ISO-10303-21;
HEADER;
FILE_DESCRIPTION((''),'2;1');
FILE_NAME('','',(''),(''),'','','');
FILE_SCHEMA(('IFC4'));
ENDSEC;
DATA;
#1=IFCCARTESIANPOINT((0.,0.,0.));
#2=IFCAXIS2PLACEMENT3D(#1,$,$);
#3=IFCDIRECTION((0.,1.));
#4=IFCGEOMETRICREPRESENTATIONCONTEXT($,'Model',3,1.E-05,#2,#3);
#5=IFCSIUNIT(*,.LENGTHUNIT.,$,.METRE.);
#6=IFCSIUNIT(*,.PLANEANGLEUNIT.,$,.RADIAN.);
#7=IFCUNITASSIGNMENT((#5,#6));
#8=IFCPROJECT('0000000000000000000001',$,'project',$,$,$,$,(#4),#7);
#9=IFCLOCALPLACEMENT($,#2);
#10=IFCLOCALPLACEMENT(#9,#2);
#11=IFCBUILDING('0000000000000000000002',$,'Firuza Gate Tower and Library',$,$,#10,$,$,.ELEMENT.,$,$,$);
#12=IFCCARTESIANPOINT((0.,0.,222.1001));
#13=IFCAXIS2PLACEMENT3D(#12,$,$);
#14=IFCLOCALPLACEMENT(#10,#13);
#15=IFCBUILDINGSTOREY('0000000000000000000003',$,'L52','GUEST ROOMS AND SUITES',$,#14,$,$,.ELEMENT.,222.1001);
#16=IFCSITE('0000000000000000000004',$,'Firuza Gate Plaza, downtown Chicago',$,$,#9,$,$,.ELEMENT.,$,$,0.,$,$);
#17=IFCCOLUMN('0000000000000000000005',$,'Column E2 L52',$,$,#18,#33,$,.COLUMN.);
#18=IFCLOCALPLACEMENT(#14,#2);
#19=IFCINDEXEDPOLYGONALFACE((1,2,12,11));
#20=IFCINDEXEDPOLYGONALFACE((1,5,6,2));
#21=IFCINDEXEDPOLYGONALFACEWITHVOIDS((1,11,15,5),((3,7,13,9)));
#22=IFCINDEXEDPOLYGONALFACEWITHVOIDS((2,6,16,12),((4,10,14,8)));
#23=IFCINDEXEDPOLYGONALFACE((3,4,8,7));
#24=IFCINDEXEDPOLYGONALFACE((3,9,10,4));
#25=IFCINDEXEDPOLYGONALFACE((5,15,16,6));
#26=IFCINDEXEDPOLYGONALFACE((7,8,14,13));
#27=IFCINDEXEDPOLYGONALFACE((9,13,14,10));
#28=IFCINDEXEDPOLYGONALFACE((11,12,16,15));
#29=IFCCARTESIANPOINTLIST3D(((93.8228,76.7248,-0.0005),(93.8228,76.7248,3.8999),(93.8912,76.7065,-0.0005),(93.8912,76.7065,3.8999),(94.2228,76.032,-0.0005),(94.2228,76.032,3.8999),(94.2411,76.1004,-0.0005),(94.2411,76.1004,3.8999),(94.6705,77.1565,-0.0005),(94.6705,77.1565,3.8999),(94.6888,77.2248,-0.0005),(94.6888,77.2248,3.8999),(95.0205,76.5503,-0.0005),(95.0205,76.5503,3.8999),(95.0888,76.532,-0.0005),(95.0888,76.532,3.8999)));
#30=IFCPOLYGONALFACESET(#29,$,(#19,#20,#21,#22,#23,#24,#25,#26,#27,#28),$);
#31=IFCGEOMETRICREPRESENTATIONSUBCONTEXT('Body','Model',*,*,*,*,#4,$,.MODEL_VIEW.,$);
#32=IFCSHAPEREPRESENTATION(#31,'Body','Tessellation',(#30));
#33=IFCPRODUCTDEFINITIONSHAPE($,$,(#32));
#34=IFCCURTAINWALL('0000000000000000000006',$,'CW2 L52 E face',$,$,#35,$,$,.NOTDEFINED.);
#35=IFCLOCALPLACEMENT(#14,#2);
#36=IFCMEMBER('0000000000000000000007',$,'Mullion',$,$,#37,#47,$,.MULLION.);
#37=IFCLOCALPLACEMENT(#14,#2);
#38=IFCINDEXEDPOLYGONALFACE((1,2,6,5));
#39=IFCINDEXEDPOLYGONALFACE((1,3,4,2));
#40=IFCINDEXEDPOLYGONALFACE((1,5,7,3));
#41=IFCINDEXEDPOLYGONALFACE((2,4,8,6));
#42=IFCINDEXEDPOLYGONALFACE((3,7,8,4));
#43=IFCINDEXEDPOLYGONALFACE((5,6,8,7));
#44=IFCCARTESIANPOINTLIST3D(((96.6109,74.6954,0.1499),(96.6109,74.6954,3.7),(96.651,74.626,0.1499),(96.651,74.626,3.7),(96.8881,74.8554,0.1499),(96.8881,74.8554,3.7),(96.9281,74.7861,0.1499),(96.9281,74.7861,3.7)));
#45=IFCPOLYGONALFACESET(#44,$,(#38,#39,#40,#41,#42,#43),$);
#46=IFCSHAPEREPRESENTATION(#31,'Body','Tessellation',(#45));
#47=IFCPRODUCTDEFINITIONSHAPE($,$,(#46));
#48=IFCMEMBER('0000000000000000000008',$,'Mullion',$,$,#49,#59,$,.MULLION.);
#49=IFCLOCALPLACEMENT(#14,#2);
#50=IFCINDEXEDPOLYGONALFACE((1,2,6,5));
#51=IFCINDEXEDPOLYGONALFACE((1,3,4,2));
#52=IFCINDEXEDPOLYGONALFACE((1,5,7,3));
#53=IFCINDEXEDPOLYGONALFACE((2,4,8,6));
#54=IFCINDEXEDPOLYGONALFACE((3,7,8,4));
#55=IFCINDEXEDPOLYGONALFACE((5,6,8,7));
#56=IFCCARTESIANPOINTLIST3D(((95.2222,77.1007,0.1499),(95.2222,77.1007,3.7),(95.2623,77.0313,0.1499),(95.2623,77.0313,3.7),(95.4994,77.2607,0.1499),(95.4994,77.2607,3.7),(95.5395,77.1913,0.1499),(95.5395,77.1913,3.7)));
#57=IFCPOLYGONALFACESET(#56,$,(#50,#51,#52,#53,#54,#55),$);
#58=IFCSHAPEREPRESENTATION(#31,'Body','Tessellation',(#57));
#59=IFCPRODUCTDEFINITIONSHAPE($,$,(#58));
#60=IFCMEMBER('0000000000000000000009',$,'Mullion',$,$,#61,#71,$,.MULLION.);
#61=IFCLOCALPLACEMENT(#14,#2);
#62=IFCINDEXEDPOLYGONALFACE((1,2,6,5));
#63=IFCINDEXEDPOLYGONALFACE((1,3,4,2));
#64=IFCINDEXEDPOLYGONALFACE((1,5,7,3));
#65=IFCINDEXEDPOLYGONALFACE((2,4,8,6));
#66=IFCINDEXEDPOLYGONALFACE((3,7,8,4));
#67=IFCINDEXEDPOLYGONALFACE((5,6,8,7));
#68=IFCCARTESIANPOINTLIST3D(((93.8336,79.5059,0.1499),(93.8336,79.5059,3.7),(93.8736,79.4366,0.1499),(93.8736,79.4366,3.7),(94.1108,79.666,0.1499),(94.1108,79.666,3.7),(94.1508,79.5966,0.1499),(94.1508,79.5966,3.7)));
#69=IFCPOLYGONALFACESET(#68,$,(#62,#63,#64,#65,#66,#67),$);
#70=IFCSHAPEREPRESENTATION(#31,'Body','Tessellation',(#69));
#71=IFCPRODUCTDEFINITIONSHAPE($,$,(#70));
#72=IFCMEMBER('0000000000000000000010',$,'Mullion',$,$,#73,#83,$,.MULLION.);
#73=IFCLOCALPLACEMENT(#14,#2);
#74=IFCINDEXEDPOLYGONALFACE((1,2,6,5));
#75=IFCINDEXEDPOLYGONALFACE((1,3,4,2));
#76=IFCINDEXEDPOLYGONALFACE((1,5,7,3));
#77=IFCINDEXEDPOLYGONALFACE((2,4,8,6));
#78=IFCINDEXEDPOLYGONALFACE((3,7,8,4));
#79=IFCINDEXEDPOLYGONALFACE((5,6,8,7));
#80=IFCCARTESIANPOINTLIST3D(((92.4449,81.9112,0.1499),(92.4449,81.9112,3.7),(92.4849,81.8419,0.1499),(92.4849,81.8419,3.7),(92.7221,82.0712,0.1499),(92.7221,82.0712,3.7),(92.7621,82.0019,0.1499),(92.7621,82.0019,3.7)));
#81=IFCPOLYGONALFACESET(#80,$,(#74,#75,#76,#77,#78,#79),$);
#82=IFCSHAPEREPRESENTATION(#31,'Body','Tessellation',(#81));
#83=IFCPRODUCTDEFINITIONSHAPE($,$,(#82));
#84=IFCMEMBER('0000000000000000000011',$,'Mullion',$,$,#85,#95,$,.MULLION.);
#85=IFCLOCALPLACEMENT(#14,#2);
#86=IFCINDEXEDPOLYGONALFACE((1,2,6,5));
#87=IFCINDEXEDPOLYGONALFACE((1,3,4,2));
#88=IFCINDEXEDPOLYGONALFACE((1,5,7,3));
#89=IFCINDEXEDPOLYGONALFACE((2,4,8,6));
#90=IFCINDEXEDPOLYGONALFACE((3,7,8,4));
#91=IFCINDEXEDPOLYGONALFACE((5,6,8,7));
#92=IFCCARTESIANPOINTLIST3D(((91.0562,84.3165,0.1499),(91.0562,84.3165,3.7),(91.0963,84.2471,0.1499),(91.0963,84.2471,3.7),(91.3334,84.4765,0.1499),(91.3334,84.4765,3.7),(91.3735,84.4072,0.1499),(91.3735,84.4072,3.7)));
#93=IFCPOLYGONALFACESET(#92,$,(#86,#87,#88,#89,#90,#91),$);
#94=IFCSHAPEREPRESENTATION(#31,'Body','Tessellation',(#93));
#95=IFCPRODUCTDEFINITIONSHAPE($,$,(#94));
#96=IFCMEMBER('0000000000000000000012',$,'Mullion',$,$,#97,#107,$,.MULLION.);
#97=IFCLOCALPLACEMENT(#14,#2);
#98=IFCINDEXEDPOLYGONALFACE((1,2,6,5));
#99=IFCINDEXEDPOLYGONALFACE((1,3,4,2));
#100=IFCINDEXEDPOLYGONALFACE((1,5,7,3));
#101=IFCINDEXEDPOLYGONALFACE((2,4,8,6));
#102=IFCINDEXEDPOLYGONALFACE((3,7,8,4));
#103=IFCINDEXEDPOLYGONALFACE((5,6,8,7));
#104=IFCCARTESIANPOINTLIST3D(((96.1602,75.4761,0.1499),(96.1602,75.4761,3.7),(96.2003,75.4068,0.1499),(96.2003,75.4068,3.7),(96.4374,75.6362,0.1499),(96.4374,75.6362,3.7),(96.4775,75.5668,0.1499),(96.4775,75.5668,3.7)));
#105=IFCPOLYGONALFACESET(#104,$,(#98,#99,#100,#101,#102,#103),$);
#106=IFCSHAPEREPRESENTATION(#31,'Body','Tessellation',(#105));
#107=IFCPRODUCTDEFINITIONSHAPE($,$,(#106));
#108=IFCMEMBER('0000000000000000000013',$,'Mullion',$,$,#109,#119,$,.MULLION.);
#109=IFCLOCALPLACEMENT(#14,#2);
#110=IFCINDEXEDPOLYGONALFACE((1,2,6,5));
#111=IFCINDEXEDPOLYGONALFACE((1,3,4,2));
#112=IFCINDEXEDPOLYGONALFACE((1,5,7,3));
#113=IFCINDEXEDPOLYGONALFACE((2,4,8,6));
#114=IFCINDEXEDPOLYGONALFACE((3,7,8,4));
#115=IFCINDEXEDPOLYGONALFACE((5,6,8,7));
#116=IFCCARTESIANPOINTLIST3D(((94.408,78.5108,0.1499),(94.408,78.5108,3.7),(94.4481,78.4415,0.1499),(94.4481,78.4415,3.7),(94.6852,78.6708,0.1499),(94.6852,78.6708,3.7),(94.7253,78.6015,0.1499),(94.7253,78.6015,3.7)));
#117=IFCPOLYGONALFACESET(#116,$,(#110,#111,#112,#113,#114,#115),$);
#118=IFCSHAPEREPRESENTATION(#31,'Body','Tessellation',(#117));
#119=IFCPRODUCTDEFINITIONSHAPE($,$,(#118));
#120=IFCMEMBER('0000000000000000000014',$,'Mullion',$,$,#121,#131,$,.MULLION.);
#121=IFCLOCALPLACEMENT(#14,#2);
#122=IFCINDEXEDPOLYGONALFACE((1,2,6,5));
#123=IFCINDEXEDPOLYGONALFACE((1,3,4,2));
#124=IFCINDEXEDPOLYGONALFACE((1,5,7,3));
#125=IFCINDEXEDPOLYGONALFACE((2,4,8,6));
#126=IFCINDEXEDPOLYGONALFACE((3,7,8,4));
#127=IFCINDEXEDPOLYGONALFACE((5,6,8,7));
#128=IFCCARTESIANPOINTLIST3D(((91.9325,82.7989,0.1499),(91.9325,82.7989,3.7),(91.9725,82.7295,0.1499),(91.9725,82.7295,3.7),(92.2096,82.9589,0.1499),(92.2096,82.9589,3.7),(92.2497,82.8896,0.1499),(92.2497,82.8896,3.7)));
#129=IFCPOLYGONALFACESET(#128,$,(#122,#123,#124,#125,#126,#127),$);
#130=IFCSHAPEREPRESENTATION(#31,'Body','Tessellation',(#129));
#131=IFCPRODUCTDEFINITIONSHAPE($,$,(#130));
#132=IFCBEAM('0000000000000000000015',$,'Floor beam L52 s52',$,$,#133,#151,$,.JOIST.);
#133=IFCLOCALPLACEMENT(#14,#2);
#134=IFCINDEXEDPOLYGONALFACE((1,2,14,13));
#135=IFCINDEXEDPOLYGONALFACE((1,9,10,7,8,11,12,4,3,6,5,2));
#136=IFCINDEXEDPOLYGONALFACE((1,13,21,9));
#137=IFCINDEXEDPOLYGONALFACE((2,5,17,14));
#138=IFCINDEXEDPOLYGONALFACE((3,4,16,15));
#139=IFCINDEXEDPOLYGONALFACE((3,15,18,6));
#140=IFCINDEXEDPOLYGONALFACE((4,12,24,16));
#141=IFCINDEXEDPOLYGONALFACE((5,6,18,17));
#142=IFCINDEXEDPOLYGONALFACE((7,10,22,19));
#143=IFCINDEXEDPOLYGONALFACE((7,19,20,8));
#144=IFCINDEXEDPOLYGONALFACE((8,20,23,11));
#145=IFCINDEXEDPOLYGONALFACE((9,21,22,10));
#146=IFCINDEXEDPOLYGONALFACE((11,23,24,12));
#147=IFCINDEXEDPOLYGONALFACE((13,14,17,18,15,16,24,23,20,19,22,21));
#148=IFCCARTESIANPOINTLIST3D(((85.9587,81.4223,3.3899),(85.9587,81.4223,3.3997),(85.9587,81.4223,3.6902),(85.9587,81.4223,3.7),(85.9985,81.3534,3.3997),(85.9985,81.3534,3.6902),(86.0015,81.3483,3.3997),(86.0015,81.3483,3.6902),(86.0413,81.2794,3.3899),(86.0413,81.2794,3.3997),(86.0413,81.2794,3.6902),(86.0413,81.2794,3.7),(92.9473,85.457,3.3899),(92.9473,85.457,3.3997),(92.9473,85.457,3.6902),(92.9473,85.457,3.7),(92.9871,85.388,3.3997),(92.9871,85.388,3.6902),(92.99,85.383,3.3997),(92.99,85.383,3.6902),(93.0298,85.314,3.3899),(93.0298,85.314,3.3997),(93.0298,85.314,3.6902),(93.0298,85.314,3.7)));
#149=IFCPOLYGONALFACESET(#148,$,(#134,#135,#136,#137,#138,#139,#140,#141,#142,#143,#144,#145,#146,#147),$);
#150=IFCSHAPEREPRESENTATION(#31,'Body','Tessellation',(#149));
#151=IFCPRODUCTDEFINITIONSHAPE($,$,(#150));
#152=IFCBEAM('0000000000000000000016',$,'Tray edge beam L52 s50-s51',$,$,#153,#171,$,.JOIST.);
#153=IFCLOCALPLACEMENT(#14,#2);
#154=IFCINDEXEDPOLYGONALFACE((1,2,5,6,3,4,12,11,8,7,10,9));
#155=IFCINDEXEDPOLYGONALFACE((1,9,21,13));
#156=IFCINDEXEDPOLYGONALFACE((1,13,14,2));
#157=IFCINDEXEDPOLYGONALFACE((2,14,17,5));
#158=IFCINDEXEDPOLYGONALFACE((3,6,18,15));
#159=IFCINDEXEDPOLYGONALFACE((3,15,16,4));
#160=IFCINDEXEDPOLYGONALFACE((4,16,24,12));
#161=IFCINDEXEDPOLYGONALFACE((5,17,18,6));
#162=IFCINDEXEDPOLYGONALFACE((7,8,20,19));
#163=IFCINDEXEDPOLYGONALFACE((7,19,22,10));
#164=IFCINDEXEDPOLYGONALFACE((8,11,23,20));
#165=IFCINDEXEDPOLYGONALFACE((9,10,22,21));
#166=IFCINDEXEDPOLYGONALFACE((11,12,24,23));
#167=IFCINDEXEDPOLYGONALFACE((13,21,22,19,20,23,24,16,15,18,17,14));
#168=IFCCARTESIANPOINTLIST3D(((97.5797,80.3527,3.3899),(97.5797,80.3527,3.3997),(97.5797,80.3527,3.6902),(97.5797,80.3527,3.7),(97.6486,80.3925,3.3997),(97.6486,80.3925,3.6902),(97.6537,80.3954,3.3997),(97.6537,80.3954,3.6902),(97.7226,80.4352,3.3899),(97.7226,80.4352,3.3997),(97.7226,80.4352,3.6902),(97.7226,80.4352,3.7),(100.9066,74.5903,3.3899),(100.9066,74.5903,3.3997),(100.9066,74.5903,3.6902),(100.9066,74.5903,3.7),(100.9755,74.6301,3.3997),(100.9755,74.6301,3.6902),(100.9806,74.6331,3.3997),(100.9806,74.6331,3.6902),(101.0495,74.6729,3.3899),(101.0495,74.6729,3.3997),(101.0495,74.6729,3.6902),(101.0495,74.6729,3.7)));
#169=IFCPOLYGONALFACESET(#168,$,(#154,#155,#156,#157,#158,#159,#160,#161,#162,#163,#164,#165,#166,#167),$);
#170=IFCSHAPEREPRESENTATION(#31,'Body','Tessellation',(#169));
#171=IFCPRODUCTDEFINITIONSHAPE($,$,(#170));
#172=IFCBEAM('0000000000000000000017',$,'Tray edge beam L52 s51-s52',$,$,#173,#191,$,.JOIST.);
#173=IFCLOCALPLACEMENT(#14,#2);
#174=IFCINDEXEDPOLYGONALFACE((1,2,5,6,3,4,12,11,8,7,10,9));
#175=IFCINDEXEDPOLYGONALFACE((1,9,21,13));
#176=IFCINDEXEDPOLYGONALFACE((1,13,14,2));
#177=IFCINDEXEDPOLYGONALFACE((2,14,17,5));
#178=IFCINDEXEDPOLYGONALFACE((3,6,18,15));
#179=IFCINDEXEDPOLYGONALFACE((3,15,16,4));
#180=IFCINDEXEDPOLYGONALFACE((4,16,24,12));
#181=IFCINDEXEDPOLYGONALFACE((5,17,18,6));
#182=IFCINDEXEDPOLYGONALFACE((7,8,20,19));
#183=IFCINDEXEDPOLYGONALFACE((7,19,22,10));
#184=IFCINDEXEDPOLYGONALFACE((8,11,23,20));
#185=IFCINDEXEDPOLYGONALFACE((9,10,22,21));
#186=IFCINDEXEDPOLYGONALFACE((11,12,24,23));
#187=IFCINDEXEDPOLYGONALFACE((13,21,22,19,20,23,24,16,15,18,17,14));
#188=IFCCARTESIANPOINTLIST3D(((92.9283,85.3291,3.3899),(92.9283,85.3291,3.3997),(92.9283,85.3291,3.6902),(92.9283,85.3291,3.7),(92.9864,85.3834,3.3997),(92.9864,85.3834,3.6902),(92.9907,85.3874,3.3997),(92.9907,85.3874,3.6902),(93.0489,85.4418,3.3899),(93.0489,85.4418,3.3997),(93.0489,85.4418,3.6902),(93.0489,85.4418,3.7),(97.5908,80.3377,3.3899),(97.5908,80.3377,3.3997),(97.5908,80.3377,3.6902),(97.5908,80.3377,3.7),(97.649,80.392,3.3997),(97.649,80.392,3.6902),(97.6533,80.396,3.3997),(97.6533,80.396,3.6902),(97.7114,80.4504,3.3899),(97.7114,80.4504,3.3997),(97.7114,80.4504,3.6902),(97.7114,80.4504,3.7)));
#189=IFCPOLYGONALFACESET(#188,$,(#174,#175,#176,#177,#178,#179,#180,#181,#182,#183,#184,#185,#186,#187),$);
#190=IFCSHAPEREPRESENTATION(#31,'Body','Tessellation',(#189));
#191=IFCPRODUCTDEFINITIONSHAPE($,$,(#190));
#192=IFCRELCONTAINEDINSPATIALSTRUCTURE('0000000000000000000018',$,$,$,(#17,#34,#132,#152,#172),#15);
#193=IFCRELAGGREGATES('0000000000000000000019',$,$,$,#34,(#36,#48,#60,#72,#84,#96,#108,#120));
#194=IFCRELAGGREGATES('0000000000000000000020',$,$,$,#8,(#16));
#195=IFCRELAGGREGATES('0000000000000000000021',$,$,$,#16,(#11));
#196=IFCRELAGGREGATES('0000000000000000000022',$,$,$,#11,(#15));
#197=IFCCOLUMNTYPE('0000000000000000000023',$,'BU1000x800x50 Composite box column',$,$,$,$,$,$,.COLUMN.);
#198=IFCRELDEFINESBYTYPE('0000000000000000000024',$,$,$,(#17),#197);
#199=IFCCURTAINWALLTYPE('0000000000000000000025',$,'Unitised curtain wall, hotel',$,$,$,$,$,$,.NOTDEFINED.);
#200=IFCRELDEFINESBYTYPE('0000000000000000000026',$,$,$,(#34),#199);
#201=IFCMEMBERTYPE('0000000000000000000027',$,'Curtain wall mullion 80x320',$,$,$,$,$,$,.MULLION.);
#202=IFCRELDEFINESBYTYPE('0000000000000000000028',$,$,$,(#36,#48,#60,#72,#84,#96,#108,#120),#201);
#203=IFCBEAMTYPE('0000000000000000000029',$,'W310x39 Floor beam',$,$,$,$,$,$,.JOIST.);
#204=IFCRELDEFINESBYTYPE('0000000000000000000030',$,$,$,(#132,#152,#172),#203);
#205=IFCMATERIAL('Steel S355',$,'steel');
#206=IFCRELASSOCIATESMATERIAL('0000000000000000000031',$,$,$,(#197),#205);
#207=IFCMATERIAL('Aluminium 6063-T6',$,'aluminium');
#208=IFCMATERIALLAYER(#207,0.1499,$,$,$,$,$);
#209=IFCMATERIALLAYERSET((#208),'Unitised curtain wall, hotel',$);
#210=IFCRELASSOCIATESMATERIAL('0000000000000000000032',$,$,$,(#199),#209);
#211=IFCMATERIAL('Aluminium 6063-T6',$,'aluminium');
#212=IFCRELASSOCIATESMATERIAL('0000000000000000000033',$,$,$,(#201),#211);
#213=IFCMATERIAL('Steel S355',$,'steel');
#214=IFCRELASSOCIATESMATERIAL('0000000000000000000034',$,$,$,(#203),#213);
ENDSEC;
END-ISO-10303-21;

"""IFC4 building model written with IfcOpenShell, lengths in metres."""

from ifc_helpers import new_model, si_unit, direction, frame, origin, origin_2d, place, context, subcontext, project, spatial, rectangle, hollow_rectangle, i_section, extrude, material, layer, layer_set, material_profile, profile_set, type_object, element, aggregate, save


model = new_model("IFC4")

# Units and contexts
model_context = context("Model", 3, precision=1e-05, world=origin(), true_north=direction((0.0, 1.0)))
body_context = subcontext(model_context, "Body", "Model", "MODEL_VIEW")
ifc_project = project(units=[si_unit("LENGTHUNIT", "METRE"), si_unit("PLANEANGLEUNIT", "RADIAN")], contexts=[model_context])

# Site, building, storey
site_placement = place(None, origin())
site = spatial("IfcSite", under=ifc_project, at=site_placement, Name="Firuza Gate Plaza, downtown Chicago", CompositionType="ELEMENT", RefElevation=0.0)
building_placement = place(site_placement, origin())
building = spatial("IfcBuilding", under=site, at=building_placement, Name="Firuza Gate Tower and Library", CompositionType="ELEMENT")
storey_placement = place(building_placement, frame((0.0, 0.0, 222.1001)))
storey = spatial("IfcBuildingStorey", under=building, at=storey_placement, Name="L52", Description="GUEST ROOMS AND SUITES", CompositionType="ELEMENT", Elevation=222.1001)

# Column
ifc_material_1 = material(Name="Steel S355", Category="steel")
ifc_material_profile_1 = material_profile(ifc_material_1, hollow_rectangle(XDim=0.8, YDim=1.0, WallThickness=0.05, at=origin_2d()))
ifc_profile_set_1 = profile_set([ifc_material_profile_1], Name="Steel S355")
column_type = type_object("IfcColumnType", Name="BU1000x800x50 Composite box column", PredefinedType="COLUMN", material=ifc_profile_set_1)
column_placement = place(storey_placement, frame((94.4558, 76.6284, -0.0005), z_axis=(0.0, 0.0, 1.0), x_axis=(-0.5, 0.866025, 0.0)))
element("IfcColumn", 1, at=column_placement, inside=storey, type_object=column_type, Name="Column E2 L52", PredefinedType="COLUMN", context=body_context, shape_type="SweptSolid", body=[
    extrude(hollow_rectangle(XDim=0.8, YDim=1.0, WallThickness=0.05, at=origin_2d()), origin(), (0.0, 0.0, 1.0), 3.9004),
])

# Curtain wall, members
ifc_material_2 = material(Name="Aluminium 6063-T6", Category="aluminium")
ifc_layer_1 = layer(ifc_material_2, 0.1499)
ifc_layer_set_1 = layer_set([ifc_layer_1], Name="Unitised curtain wall, hotel")
curtain_wall_type = type_object("IfcCurtainWallType", Name="Unitised curtain wall, hotel", PredefinedType="NOTDEFINED", material=ifc_layer_set_1)
curtain_wall_placement = place(storey_placement, origin())
curtain_wall = element("IfcCurtainWall", 2, at=curtain_wall_placement, inside=storey, type_object=curtain_wall_type, Name="CW2 L52 E face", PredefinedType="NOTDEFINED")
ifc_material_3 = material(Name="Aluminium 6063-T6", Category="aluminium")
ifc_material_profile_2 = material_profile(ifc_material_3, rectangle(XDim=0.3201, YDim=0.0801, at=origin_2d()))
ifc_profile_set_2 = profile_set([ifc_material_profile_2], Name="Aluminium 6063-T6")
member_type = type_object("IfcMemberType", Name="Curtain wall mullion 80x320", PredefinedType="MULLION", material=ifc_profile_set_2)
member_1_placement = place(storey_placement, frame((96.7695, 74.7407, 0.1499), z_axis=(0.0, 0.0, 1.0), x_axis=(-0.866025, -0.5, 0.0)))
member_1 = element("IfcMember", 3, at=member_1_placement, type_object=member_type, Name="Mullion", PredefinedType="MULLION", context=body_context, shape_type="SweptSolid", body=[
    extrude(rectangle(XDim=0.3201, YDim=0.0801, at=origin_2d()), origin(), (0.0, 0.0, 1.0), 3.55),
])
member_2_placement = place(storey_placement, frame((95.3809, 77.146, 0.1499), z_axis=(0.0, 0.0, 1.0), x_axis=(-0.866025, -0.5, 0.0)))
member_2 = element("IfcMember", 4, at=member_2_placement, type_object=member_type, Name="Mullion", PredefinedType="MULLION", context=body_context, shape_type="SweptSolid", body=[
    extrude(rectangle(XDim=0.3201, YDim=0.0801, at=origin_2d()), origin(), (0.0, 0.0, 1.0), 3.55),
])
member_3_placement = place(storey_placement, frame((93.9922, 79.5513, 0.1499), z_axis=(0.0, 0.0, 1.0), x_axis=(-0.866025, -0.5, 0.0)))
member_3 = element("IfcMember", 5, at=member_3_placement, type_object=member_type, Name="Mullion", PredefinedType="MULLION", context=body_context, shape_type="SweptSolid", body=[
    extrude(rectangle(XDim=0.3201, YDim=0.0801, at=origin_2d()), origin(), (0.0, 0.0, 1.0), 3.55),
])
member_4_placement = place(storey_placement, frame((92.6035, 81.9565, 0.1499), z_axis=(0.0, 0.0, 1.0), x_axis=(-0.866025, -0.5, 0.0)))
member_4 = element("IfcMember", 6, at=member_4_placement, type_object=member_type, Name="Mullion", PredefinedType="MULLION", context=body_context, shape_type="SweptSolid", body=[
    extrude(rectangle(XDim=0.3201, YDim=0.0801, at=origin_2d()), origin(), (0.0, 0.0, 1.0), 3.55),
])
member_5_placement = place(storey_placement, frame((91.2148, 84.3618, 0.1499), z_axis=(0.0, 0.0, 1.0), x_axis=(-0.866025, -0.5, 0.0)))
member_5 = element("IfcMember", 7, at=member_5_placement, type_object=member_type, Name="Mullion", PredefinedType="MULLION", context=body_context, shape_type="SweptSolid", body=[
    extrude(rectangle(XDim=0.3201, YDim=0.0801, at=origin_2d()), origin(), (0.0, 0.0, 1.0), 3.55),
])
member_6_placement = place(storey_placement, frame((96.3188, 75.5215, 0.1499), z_axis=(0.0, 0.0, 1.0), x_axis=(-0.866025, -0.5, 0.0)))
member_6 = element("IfcMember", 8, at=member_6_placement, type_object=member_type, Name="Mullion", PredefinedType="MULLION", context=body_context, shape_type="SweptSolid", body=[
    extrude(rectangle(XDim=0.3201, YDim=0.0801, at=origin_2d()), origin(), (0.0, 0.0, 1.0), 3.55),
])
member_7_placement = place(storey_placement, frame((94.5667, 78.5562, 0.1499), z_axis=(0.0, 0.0, 1.0), x_axis=(-0.866025, -0.5, 0.0)))
member_7 = element("IfcMember", 9, at=member_7_placement, type_object=member_type, Name="Mullion", PredefinedType="MULLION", context=body_context, shape_type="SweptSolid", body=[
    extrude(rectangle(XDim=0.3201, YDim=0.0801, at=origin_2d()), origin(), (0.0, 0.0, 1.0), 3.55),
])
member_8_placement = place(storey_placement, frame((92.0911, 82.8442, 0.1499), z_axis=(0.0, 0.0, 1.0), x_axis=(-0.866025, -0.5, 0.0)))
member_8 = element("IfcMember", 10, at=member_8_placement, type_object=member_type, Name="Mullion", PredefinedType="MULLION", context=body_context, shape_type="SweptSolid", body=[
    extrude(rectangle(XDim=0.3201, YDim=0.0801, at=origin_2d()), origin(), (0.0, 0.0, 1.0), 3.55),
])

# Beams
ifc_material_4 = material(Name="Steel S355", Category="steel")
ifc_material_profile_3 = material_profile(ifc_material_4, i_section(OverallWidth=0.165, OverallDepth=0.3101, WebThickness=0.0059, FlangeThickness=0.0098, at=origin_2d()))
ifc_profile_set_3 = profile_set([ifc_material_profile_3], Name="Steel S355")
beam_type_1 = type_object("IfcBeamType", Name="W310x39 Floor beam", PredefinedType="JOIST", material=ifc_profile_set_3)
beam_1_placement = place(storey_placement, frame((92.9885, 85.3855, 3.5449), z_axis=(-0.866034, -0.499985, 0.0), x_axis=(0.499985, -0.866034, 0.0)))
element("IfcBeam", 11, at=beam_1_placement, inside=storey, type_object=beam_type_1, Name="Floor beam L52 s52", PredefinedType="JOIST", context=body_context, shape_type="SweptSolid", body=[
    extrude(i_section(OverallWidth=0.165, OverallDepth=0.3101, WebThickness=0.0059, FlangeThickness=0.0098, at=origin_2d()), origin(), (0.0, 0.0, 1.0), 8.0696),
])
beam_2_placement = place(storey_placement, frame((100.978, 74.6316, 3.5449), z_axis=(-0.499995, 0.866029, 0.0), x_axis=(-0.866029, -0.499995, 0.0)))
element("IfcBeam", 12, at=beam_2_placement, inside=storey, type_object=beam_type_1, Name="Tray edge beam L52 s50-s51", PredefinedType="JOIST", context=body_context, shape_type="SweptSolid", body=[
    extrude(i_section(OverallWidth=0.165, OverallDepth=0.3101, WebThickness=0.0059, FlangeThickness=0.0098, at=origin_2d()), origin(), (0.0, 0.0, 1.0), 6.6538),
])
beam_3_placement = place(storey_placement, frame((97.6511, 80.394, 3.5449), z_axis=(-0.682624, 0.73077, 0.0), x_axis=(-0.73077, -0.682624, 0.0)))
element("IfcBeam", 13, at=beam_3_placement, inside=storey, type_object=beam_type_1, Name="Tray edge beam L52 s51-s52", PredefinedType="JOIST", context=body_context, shape_type="SweptSolid", body=[
    extrude(i_section(OverallWidth=0.165, OverallDepth=0.3101, WebThickness=0.0059, FlangeThickness=0.0098, at=origin_2d()), origin(), (0.0, 0.0, 1.0), 6.8303),
])

aggregate(curtain_wall, [member_1, member_2, member_3, member_4, member_5, member_6, member_7, member_8])

save(model, "model.ifc")
